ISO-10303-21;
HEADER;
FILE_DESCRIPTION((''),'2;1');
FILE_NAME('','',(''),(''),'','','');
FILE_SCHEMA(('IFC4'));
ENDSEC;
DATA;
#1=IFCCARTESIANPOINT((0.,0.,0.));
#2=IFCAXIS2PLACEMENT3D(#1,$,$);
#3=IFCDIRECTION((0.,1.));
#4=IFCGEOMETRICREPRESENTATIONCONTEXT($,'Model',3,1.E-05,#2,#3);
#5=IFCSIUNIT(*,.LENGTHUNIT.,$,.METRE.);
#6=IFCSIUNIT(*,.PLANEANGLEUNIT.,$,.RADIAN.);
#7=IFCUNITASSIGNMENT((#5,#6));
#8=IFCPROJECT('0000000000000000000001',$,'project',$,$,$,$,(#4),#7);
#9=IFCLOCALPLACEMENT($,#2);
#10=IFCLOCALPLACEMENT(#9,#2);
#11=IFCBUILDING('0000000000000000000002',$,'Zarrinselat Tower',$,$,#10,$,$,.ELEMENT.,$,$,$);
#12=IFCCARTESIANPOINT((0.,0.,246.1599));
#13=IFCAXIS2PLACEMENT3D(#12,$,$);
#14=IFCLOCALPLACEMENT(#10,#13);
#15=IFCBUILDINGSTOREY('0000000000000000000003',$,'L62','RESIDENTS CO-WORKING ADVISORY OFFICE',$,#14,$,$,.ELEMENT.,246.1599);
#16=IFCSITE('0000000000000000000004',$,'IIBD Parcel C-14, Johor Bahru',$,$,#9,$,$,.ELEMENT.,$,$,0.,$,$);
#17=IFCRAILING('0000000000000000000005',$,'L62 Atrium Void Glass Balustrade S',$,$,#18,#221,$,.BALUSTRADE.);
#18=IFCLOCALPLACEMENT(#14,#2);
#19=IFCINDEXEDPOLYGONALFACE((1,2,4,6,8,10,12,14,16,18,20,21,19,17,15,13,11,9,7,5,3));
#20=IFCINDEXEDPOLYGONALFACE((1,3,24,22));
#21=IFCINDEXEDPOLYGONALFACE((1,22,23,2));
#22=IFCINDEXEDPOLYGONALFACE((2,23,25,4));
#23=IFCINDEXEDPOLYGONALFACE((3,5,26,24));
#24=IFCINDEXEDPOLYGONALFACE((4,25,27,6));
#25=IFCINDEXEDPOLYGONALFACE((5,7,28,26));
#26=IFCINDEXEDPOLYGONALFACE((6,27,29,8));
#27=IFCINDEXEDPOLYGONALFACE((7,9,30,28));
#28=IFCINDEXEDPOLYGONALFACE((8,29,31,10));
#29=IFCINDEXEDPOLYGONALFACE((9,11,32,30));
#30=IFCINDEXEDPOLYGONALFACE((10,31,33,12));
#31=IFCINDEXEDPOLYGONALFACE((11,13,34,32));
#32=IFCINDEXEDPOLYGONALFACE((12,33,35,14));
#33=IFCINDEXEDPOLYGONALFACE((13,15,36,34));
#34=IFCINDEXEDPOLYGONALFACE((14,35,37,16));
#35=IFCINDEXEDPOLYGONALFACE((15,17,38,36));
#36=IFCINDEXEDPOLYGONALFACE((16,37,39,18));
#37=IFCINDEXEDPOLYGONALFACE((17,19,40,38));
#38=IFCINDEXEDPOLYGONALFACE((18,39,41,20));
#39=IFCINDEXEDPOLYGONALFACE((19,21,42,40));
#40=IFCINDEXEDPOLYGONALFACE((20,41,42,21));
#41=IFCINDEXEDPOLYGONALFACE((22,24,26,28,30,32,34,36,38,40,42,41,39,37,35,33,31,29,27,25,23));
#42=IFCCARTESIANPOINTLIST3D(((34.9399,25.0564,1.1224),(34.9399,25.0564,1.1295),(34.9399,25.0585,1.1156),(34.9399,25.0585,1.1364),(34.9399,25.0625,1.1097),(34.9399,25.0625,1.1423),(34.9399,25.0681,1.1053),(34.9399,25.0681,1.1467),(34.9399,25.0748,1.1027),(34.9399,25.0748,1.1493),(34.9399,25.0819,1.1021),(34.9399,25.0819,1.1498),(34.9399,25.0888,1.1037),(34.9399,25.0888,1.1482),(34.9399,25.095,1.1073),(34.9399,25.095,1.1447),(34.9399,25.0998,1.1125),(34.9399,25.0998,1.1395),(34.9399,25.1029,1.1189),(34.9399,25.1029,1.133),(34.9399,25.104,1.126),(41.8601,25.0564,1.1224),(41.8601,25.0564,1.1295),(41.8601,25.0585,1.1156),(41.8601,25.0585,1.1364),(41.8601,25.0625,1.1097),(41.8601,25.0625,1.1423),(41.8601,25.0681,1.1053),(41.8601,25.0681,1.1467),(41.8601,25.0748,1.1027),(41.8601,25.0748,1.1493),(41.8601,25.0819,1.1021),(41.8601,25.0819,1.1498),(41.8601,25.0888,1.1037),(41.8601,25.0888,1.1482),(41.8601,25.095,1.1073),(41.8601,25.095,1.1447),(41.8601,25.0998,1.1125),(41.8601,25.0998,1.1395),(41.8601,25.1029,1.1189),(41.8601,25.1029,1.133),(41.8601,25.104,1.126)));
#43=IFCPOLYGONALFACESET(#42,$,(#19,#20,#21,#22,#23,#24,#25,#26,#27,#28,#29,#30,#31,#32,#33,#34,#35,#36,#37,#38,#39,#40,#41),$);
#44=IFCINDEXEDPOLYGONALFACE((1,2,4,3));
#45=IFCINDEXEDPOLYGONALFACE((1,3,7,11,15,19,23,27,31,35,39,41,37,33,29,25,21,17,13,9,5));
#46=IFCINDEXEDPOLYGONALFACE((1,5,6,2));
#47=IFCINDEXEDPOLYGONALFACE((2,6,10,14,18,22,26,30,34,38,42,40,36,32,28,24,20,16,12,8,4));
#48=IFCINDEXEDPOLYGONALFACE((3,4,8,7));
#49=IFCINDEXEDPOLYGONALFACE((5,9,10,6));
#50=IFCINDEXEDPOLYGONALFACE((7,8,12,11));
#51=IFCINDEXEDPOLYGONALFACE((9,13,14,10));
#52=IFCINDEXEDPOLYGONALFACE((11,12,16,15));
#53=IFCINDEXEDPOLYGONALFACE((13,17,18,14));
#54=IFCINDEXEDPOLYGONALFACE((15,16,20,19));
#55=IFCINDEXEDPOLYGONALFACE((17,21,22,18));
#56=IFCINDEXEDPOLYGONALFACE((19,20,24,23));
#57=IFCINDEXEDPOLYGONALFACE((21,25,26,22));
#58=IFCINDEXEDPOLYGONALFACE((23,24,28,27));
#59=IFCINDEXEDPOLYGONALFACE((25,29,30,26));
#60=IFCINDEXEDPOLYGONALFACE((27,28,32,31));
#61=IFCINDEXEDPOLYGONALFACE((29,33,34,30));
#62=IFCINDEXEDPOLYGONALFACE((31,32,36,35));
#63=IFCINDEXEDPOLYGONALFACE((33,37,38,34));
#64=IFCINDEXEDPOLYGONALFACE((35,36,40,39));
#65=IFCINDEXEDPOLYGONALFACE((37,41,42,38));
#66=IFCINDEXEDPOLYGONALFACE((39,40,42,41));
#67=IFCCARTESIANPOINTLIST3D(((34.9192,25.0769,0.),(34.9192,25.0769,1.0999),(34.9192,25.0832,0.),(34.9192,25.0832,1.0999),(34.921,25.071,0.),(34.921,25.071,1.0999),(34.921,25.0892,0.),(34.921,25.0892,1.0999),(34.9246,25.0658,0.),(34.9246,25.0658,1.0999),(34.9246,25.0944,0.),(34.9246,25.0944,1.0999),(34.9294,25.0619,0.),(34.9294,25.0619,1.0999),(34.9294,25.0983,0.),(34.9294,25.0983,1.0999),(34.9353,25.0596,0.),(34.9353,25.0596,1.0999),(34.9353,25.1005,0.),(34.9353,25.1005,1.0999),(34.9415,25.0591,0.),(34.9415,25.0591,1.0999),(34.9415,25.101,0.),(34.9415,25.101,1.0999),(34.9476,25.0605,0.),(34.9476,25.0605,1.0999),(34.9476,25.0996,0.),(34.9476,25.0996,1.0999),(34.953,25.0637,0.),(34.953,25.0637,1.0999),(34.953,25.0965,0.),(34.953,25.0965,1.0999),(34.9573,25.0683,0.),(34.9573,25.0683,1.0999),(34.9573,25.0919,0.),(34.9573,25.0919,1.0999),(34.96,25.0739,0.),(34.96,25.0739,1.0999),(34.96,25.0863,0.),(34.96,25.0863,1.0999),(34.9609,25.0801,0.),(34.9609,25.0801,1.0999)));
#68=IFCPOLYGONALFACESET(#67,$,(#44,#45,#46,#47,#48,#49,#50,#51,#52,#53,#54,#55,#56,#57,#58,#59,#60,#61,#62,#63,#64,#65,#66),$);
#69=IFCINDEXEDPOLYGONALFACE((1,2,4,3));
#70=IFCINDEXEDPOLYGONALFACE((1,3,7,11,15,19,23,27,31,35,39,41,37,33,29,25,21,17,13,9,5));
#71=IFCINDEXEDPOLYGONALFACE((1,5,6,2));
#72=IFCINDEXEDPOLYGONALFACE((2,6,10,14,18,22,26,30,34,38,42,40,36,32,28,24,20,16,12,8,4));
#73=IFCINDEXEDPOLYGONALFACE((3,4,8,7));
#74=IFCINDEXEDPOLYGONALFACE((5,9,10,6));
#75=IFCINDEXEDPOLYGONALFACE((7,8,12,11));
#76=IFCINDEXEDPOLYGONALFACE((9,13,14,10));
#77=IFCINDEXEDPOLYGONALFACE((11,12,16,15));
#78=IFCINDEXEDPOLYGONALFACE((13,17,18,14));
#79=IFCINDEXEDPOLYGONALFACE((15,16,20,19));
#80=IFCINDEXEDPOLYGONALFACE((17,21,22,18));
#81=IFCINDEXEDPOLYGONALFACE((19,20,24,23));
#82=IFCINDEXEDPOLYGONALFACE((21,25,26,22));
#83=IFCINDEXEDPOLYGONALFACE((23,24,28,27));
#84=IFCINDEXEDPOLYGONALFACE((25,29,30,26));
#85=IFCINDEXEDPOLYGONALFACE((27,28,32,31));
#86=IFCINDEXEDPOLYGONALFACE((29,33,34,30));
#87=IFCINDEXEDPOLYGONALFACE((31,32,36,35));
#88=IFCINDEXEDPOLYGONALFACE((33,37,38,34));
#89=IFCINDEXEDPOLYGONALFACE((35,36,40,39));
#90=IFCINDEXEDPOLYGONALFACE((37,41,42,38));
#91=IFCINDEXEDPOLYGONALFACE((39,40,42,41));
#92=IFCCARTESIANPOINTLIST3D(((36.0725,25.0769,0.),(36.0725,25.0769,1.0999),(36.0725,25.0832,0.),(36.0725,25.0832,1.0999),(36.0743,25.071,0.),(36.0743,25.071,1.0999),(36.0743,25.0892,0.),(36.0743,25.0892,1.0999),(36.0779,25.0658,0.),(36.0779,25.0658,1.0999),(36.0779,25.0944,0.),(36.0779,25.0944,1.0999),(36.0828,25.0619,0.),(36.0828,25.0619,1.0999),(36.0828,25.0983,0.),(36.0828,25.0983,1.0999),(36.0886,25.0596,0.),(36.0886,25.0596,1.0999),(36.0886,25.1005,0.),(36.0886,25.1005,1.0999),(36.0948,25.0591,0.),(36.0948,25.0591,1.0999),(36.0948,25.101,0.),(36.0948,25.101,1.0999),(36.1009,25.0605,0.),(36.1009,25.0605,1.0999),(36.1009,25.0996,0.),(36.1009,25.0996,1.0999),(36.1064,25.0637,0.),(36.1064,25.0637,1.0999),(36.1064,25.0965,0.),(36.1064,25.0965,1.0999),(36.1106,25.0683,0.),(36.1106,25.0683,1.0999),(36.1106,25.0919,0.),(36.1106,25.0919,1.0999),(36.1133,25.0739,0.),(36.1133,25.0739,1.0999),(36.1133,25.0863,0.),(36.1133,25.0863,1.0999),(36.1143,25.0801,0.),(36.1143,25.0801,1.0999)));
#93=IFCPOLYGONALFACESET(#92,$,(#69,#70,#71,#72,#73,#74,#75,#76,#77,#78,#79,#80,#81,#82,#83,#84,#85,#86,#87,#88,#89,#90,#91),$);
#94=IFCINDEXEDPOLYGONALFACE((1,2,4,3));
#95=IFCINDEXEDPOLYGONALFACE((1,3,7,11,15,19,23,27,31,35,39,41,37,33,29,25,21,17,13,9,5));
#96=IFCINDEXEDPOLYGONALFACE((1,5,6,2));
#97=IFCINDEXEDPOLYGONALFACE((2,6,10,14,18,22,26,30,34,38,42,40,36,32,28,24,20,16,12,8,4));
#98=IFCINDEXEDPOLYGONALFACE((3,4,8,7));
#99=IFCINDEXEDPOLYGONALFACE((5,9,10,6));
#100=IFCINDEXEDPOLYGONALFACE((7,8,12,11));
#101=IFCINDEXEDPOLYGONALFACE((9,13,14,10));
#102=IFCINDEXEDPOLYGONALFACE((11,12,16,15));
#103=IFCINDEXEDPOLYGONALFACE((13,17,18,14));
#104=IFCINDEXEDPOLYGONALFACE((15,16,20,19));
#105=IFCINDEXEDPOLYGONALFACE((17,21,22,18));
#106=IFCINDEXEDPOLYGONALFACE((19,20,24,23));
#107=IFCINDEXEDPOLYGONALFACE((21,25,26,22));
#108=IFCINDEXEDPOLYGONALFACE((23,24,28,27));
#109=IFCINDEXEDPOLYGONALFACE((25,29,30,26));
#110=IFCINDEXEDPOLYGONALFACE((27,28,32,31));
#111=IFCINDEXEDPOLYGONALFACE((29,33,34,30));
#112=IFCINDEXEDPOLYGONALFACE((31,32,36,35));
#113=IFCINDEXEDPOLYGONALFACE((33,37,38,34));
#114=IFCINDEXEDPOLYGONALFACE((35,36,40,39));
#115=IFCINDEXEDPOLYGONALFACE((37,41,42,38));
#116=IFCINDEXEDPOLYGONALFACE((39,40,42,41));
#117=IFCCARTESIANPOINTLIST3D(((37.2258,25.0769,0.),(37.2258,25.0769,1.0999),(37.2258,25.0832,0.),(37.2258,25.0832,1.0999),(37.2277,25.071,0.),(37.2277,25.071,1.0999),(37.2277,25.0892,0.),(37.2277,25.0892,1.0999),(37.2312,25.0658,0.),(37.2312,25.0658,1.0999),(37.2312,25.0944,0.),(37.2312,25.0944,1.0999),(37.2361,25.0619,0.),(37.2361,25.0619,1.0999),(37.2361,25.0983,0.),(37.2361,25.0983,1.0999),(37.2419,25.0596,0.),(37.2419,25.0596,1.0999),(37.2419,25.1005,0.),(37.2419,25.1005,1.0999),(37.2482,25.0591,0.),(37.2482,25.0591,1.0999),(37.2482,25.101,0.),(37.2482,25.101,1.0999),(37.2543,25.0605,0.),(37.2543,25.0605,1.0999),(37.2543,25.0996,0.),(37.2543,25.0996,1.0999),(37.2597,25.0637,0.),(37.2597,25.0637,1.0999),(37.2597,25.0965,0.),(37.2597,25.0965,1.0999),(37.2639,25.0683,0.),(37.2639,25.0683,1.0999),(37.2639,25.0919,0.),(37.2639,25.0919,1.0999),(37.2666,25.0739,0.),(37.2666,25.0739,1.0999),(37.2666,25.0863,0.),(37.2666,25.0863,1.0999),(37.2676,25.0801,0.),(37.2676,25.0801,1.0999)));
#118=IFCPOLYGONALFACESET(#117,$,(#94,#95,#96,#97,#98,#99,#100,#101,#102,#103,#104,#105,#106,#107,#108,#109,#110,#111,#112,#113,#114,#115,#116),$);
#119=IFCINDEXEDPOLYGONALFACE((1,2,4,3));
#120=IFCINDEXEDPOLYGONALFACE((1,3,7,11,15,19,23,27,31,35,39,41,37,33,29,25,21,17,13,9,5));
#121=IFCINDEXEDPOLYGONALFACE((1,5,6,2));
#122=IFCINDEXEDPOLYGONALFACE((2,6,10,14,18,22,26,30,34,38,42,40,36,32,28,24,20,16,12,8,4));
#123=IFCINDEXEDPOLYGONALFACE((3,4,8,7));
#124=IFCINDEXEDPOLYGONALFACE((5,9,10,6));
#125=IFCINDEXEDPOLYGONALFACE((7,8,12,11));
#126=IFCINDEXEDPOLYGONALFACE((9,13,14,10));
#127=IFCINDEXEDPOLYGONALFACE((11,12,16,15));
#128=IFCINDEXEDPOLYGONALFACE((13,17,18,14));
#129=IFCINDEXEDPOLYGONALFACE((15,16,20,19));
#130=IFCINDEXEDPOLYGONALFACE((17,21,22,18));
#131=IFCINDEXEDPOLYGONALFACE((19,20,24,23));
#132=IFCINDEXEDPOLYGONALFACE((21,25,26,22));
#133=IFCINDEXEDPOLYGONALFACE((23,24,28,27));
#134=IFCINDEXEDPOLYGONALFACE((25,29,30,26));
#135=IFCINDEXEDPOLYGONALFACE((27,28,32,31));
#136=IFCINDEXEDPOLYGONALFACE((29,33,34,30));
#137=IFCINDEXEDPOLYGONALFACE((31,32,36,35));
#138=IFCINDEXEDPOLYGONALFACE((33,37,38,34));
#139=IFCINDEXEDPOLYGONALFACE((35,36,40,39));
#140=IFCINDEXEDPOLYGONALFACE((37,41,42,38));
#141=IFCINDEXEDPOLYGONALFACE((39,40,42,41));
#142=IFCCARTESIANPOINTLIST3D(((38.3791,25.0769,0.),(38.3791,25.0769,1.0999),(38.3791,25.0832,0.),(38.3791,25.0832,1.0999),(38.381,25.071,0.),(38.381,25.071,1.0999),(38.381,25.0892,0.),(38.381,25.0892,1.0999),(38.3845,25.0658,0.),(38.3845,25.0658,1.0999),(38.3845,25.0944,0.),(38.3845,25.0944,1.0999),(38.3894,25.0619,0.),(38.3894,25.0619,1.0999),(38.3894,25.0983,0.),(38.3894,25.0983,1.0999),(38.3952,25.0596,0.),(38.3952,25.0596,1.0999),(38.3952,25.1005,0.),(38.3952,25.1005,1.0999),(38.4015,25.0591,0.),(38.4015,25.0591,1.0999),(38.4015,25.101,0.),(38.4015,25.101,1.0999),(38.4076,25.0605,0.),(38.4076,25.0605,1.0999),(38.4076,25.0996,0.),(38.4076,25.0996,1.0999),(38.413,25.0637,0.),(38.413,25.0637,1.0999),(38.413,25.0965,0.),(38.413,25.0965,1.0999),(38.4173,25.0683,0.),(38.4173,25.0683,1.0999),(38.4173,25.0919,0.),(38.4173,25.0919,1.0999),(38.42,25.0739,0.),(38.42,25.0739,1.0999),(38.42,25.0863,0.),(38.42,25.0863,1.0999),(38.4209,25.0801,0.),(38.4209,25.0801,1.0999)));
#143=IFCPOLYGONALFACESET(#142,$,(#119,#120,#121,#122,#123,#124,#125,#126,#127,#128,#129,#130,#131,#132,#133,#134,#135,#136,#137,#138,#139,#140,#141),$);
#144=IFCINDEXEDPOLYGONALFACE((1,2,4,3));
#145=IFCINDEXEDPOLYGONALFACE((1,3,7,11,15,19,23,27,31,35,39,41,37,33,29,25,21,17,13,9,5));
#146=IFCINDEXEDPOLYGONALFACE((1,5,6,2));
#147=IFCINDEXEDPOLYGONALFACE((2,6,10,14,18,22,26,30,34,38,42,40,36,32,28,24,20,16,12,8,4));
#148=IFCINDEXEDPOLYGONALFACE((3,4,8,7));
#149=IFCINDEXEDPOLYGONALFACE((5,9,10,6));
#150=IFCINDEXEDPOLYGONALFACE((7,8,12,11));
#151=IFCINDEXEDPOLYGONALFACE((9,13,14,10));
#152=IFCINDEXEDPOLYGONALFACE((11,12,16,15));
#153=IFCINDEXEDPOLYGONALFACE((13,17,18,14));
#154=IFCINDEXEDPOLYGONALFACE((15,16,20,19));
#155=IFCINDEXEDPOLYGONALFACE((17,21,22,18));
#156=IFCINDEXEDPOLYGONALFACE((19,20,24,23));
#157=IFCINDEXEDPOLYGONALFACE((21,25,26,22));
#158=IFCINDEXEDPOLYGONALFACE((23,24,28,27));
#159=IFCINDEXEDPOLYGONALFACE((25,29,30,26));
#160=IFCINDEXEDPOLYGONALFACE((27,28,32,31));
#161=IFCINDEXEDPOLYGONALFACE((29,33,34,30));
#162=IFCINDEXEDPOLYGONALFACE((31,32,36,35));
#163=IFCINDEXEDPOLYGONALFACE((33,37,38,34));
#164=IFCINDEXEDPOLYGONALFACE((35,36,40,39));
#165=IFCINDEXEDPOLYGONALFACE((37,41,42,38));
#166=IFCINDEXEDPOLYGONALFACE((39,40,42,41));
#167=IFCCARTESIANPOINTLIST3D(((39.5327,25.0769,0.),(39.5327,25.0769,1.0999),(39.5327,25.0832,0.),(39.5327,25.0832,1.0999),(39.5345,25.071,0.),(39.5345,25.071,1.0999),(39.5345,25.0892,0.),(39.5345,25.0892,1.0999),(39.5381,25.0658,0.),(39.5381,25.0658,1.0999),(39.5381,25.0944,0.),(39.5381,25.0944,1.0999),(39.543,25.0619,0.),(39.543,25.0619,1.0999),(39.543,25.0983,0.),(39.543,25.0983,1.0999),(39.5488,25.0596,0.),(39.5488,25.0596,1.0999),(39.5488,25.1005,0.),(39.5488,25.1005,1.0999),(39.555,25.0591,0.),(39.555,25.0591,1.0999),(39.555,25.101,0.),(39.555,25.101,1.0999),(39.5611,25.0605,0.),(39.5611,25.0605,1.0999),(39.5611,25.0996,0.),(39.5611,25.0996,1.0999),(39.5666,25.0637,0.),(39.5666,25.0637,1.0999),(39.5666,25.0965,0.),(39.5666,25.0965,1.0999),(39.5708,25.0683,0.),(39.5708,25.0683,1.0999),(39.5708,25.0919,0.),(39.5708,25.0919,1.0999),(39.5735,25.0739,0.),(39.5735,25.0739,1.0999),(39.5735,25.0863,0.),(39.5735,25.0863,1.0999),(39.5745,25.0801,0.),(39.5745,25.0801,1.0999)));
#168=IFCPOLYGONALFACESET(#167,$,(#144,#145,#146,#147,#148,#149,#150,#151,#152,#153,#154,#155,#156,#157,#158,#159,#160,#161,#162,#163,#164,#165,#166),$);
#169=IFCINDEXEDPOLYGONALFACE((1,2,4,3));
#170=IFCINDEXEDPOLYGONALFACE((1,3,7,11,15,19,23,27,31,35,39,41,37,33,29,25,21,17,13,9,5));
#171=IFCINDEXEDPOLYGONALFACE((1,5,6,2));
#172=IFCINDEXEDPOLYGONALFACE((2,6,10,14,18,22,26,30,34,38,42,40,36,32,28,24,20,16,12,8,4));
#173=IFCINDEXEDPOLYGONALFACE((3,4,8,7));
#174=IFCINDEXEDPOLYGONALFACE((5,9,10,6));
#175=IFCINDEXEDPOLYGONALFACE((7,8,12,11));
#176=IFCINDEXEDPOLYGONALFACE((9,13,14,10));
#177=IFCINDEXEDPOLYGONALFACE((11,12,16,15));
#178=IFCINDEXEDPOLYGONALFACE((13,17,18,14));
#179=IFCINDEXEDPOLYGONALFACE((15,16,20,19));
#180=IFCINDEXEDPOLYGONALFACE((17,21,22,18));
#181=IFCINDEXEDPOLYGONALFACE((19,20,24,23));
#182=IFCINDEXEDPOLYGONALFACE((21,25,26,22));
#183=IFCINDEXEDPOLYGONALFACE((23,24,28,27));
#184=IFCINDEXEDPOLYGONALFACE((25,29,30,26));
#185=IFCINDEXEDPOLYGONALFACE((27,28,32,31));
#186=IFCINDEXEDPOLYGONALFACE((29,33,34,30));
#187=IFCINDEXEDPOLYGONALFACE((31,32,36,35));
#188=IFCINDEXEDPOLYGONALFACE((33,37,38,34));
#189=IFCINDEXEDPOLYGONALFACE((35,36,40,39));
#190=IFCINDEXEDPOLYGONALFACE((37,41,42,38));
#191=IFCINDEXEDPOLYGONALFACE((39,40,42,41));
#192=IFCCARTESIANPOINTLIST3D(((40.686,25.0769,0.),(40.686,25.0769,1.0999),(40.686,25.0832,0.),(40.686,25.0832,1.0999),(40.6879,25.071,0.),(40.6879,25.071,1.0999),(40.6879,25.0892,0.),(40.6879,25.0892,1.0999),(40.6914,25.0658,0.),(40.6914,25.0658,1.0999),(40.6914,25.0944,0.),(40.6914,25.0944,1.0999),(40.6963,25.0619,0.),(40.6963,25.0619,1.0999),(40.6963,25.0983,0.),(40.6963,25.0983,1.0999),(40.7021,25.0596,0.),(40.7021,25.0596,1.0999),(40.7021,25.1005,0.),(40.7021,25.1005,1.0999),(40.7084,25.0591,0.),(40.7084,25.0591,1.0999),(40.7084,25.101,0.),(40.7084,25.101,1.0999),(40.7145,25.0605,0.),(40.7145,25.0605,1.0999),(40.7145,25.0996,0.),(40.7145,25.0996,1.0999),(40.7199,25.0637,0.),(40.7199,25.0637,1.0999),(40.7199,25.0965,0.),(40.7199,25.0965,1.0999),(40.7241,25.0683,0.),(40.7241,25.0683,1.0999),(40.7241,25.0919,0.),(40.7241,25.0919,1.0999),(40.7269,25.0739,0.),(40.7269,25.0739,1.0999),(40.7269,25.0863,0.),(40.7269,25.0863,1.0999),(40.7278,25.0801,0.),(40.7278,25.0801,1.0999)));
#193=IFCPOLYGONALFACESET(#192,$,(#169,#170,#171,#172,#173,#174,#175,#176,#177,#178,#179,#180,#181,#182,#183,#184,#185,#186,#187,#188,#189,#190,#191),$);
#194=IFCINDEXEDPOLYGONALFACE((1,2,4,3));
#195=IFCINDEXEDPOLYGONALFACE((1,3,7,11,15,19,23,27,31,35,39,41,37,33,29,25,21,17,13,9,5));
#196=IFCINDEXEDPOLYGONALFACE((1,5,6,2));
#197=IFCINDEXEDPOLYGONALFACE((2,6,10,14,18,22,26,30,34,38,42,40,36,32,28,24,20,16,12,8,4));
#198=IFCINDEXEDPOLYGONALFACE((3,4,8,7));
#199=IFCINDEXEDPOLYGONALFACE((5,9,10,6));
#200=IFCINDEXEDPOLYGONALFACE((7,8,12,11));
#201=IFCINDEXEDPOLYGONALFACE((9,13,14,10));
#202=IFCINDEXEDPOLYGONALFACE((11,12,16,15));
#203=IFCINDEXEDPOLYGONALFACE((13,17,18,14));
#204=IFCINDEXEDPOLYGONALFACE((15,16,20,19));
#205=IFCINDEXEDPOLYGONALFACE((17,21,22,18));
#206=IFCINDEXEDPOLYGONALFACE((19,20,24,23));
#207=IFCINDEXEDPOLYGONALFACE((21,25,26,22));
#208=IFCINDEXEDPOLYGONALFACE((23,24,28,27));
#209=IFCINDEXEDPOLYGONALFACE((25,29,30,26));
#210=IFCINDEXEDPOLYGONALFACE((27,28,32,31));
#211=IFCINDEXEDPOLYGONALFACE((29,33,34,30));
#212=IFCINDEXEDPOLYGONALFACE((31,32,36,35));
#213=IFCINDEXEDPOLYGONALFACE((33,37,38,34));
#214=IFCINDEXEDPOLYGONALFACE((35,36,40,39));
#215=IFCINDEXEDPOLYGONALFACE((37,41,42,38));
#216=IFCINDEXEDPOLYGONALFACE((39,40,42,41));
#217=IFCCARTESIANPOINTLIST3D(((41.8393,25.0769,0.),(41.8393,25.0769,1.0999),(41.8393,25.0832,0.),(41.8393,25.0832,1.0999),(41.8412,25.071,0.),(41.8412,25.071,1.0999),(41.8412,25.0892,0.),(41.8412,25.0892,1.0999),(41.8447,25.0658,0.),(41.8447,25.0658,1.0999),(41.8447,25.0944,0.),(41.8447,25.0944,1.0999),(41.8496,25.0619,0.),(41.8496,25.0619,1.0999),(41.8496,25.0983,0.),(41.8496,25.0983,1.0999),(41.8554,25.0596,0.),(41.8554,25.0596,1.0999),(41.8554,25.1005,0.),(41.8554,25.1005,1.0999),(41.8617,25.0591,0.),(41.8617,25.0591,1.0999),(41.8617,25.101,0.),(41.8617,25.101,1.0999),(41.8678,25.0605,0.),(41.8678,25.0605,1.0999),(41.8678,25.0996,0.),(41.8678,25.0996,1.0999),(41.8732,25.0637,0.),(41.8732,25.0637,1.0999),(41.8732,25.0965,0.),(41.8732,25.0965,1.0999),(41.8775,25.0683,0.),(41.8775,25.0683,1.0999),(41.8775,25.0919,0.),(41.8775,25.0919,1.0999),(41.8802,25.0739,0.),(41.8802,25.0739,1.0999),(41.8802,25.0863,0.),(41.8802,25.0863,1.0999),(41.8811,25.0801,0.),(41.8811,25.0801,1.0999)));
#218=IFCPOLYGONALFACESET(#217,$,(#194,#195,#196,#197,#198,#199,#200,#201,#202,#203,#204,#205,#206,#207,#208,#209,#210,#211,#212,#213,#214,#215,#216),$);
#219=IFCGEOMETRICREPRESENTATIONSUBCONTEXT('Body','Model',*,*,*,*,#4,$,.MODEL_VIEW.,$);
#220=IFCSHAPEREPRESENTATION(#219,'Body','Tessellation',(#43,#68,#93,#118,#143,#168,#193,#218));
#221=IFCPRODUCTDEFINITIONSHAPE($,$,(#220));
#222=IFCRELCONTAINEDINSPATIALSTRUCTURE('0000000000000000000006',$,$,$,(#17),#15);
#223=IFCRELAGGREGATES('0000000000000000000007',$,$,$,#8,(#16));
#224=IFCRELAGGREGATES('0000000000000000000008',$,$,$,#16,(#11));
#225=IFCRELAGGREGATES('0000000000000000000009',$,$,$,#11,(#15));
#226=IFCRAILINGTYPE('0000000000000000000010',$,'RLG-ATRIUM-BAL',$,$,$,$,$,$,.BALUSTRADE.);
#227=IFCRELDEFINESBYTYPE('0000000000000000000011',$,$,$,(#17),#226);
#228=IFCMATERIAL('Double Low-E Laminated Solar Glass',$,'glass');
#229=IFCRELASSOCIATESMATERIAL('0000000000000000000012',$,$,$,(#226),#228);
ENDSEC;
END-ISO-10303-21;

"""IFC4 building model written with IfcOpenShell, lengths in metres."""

from ifc_helpers import new_model, si_unit, direction, frame, origin, origin_2d, place, context, subcontext, project, spatial, circle, extrude, material, type_object, element, save


model = new_model("IFC4")

# Units and contexts
model_context = context("Model", 3, precision=1e-05, world=origin(), true_north=direction((0.0, 1.0)))
body_context = subcontext(model_context, "Body", "Model", "MODEL_VIEW")
ifc_project = project(units=[si_unit("LENGTHUNIT", "METRE"), si_unit("PLANEANGLEUNIT", "RADIAN")], contexts=[model_context])

# Site, building, storey
site_placement = place(None, origin())
site = spatial("IfcSite", under=ifc_project, at=site_placement, Name="IIBD Parcel C-14, Johor Bahru", CompositionType="ELEMENT", RefElevation=0.0)
building_placement = place(site_placement, origin())
building = spatial("IfcBuilding", under=site, at=building_placement, Name="Zarrinselat Tower", CompositionType="ELEMENT")
storey_placement = place(building_placement, frame((0.0, 0.0, 246.1599)))
storey = spatial("IfcBuildingStorey", under=building, at=storey_placement, Name="L62", Description="RESIDENTS CO-WORKING ADVISORY OFFICE", CompositionType="ELEMENT", Elevation=246.1599)

# Railing
ifc_material_1 = material(Name="Double Low-E Laminated Solar Glass", Category="glass")
railing_type = type_object("IfcRailingType", Name="RLG-ATRIUM-BAL", PredefinedType="BALUSTRADE", material=ifc_material_1)
railing_placement = place(storey_placement, frame((34.9399, 25.0801, 0.0)))
element("IfcRailing", 1, at=railing_placement, inside=storey, type_object=railing_type, Name="L62 Atrium Void Glass Balustrade S", PredefinedType="BALUSTRADE", context=body_context, shape_type="SweptSolid", body=[
    extrude(circle(Radius=0.0239, at=origin_2d()), frame((0.0, 0.0, 1.126), z_axis=(1.0, 0.0, 0.0), x_axis=(0.0, 1.0, 0.0)), (0.0, 0.0, 1.0), 6.9202),
    extrude(circle(Radius=0.021, at=origin_2d()), origin(), (0.0, 0.0, 1.0), 1.0999),
    extrude(circle(Radius=0.021, at=origin_2d()), frame((1.1533, 0.0, 0.0)), (0.0, 0.0, 1.0), 1.0999),
    extrude(circle(Radius=0.021, at=origin_2d()), frame((2.3066, 0.0, 0.0)), (0.0, 0.0, 1.0), 1.0999),
    extrude(circle(Radius=0.021, at=origin_2d()), frame((3.46, 0.0, 0.0)), (0.0, 0.0, 1.0), 1.0999),
    extrude(circle(Radius=0.021, at=origin_2d()), frame((4.6135, 0.0, 0.0)), (0.0, 0.0, 1.0), 1.0999),
    extrude(circle(Radius=0.021, at=origin_2d()), frame((5.7668, 0.0, 0.0)), (0.0, 0.0, 1.0), 1.0999),
    extrude(circle(Radius=0.021, at=origin_2d()), frame((6.9202, 0.0, 0.0)), (0.0, 0.0, 1.0), 1.0999),
])

save(model, "model.ifc")
